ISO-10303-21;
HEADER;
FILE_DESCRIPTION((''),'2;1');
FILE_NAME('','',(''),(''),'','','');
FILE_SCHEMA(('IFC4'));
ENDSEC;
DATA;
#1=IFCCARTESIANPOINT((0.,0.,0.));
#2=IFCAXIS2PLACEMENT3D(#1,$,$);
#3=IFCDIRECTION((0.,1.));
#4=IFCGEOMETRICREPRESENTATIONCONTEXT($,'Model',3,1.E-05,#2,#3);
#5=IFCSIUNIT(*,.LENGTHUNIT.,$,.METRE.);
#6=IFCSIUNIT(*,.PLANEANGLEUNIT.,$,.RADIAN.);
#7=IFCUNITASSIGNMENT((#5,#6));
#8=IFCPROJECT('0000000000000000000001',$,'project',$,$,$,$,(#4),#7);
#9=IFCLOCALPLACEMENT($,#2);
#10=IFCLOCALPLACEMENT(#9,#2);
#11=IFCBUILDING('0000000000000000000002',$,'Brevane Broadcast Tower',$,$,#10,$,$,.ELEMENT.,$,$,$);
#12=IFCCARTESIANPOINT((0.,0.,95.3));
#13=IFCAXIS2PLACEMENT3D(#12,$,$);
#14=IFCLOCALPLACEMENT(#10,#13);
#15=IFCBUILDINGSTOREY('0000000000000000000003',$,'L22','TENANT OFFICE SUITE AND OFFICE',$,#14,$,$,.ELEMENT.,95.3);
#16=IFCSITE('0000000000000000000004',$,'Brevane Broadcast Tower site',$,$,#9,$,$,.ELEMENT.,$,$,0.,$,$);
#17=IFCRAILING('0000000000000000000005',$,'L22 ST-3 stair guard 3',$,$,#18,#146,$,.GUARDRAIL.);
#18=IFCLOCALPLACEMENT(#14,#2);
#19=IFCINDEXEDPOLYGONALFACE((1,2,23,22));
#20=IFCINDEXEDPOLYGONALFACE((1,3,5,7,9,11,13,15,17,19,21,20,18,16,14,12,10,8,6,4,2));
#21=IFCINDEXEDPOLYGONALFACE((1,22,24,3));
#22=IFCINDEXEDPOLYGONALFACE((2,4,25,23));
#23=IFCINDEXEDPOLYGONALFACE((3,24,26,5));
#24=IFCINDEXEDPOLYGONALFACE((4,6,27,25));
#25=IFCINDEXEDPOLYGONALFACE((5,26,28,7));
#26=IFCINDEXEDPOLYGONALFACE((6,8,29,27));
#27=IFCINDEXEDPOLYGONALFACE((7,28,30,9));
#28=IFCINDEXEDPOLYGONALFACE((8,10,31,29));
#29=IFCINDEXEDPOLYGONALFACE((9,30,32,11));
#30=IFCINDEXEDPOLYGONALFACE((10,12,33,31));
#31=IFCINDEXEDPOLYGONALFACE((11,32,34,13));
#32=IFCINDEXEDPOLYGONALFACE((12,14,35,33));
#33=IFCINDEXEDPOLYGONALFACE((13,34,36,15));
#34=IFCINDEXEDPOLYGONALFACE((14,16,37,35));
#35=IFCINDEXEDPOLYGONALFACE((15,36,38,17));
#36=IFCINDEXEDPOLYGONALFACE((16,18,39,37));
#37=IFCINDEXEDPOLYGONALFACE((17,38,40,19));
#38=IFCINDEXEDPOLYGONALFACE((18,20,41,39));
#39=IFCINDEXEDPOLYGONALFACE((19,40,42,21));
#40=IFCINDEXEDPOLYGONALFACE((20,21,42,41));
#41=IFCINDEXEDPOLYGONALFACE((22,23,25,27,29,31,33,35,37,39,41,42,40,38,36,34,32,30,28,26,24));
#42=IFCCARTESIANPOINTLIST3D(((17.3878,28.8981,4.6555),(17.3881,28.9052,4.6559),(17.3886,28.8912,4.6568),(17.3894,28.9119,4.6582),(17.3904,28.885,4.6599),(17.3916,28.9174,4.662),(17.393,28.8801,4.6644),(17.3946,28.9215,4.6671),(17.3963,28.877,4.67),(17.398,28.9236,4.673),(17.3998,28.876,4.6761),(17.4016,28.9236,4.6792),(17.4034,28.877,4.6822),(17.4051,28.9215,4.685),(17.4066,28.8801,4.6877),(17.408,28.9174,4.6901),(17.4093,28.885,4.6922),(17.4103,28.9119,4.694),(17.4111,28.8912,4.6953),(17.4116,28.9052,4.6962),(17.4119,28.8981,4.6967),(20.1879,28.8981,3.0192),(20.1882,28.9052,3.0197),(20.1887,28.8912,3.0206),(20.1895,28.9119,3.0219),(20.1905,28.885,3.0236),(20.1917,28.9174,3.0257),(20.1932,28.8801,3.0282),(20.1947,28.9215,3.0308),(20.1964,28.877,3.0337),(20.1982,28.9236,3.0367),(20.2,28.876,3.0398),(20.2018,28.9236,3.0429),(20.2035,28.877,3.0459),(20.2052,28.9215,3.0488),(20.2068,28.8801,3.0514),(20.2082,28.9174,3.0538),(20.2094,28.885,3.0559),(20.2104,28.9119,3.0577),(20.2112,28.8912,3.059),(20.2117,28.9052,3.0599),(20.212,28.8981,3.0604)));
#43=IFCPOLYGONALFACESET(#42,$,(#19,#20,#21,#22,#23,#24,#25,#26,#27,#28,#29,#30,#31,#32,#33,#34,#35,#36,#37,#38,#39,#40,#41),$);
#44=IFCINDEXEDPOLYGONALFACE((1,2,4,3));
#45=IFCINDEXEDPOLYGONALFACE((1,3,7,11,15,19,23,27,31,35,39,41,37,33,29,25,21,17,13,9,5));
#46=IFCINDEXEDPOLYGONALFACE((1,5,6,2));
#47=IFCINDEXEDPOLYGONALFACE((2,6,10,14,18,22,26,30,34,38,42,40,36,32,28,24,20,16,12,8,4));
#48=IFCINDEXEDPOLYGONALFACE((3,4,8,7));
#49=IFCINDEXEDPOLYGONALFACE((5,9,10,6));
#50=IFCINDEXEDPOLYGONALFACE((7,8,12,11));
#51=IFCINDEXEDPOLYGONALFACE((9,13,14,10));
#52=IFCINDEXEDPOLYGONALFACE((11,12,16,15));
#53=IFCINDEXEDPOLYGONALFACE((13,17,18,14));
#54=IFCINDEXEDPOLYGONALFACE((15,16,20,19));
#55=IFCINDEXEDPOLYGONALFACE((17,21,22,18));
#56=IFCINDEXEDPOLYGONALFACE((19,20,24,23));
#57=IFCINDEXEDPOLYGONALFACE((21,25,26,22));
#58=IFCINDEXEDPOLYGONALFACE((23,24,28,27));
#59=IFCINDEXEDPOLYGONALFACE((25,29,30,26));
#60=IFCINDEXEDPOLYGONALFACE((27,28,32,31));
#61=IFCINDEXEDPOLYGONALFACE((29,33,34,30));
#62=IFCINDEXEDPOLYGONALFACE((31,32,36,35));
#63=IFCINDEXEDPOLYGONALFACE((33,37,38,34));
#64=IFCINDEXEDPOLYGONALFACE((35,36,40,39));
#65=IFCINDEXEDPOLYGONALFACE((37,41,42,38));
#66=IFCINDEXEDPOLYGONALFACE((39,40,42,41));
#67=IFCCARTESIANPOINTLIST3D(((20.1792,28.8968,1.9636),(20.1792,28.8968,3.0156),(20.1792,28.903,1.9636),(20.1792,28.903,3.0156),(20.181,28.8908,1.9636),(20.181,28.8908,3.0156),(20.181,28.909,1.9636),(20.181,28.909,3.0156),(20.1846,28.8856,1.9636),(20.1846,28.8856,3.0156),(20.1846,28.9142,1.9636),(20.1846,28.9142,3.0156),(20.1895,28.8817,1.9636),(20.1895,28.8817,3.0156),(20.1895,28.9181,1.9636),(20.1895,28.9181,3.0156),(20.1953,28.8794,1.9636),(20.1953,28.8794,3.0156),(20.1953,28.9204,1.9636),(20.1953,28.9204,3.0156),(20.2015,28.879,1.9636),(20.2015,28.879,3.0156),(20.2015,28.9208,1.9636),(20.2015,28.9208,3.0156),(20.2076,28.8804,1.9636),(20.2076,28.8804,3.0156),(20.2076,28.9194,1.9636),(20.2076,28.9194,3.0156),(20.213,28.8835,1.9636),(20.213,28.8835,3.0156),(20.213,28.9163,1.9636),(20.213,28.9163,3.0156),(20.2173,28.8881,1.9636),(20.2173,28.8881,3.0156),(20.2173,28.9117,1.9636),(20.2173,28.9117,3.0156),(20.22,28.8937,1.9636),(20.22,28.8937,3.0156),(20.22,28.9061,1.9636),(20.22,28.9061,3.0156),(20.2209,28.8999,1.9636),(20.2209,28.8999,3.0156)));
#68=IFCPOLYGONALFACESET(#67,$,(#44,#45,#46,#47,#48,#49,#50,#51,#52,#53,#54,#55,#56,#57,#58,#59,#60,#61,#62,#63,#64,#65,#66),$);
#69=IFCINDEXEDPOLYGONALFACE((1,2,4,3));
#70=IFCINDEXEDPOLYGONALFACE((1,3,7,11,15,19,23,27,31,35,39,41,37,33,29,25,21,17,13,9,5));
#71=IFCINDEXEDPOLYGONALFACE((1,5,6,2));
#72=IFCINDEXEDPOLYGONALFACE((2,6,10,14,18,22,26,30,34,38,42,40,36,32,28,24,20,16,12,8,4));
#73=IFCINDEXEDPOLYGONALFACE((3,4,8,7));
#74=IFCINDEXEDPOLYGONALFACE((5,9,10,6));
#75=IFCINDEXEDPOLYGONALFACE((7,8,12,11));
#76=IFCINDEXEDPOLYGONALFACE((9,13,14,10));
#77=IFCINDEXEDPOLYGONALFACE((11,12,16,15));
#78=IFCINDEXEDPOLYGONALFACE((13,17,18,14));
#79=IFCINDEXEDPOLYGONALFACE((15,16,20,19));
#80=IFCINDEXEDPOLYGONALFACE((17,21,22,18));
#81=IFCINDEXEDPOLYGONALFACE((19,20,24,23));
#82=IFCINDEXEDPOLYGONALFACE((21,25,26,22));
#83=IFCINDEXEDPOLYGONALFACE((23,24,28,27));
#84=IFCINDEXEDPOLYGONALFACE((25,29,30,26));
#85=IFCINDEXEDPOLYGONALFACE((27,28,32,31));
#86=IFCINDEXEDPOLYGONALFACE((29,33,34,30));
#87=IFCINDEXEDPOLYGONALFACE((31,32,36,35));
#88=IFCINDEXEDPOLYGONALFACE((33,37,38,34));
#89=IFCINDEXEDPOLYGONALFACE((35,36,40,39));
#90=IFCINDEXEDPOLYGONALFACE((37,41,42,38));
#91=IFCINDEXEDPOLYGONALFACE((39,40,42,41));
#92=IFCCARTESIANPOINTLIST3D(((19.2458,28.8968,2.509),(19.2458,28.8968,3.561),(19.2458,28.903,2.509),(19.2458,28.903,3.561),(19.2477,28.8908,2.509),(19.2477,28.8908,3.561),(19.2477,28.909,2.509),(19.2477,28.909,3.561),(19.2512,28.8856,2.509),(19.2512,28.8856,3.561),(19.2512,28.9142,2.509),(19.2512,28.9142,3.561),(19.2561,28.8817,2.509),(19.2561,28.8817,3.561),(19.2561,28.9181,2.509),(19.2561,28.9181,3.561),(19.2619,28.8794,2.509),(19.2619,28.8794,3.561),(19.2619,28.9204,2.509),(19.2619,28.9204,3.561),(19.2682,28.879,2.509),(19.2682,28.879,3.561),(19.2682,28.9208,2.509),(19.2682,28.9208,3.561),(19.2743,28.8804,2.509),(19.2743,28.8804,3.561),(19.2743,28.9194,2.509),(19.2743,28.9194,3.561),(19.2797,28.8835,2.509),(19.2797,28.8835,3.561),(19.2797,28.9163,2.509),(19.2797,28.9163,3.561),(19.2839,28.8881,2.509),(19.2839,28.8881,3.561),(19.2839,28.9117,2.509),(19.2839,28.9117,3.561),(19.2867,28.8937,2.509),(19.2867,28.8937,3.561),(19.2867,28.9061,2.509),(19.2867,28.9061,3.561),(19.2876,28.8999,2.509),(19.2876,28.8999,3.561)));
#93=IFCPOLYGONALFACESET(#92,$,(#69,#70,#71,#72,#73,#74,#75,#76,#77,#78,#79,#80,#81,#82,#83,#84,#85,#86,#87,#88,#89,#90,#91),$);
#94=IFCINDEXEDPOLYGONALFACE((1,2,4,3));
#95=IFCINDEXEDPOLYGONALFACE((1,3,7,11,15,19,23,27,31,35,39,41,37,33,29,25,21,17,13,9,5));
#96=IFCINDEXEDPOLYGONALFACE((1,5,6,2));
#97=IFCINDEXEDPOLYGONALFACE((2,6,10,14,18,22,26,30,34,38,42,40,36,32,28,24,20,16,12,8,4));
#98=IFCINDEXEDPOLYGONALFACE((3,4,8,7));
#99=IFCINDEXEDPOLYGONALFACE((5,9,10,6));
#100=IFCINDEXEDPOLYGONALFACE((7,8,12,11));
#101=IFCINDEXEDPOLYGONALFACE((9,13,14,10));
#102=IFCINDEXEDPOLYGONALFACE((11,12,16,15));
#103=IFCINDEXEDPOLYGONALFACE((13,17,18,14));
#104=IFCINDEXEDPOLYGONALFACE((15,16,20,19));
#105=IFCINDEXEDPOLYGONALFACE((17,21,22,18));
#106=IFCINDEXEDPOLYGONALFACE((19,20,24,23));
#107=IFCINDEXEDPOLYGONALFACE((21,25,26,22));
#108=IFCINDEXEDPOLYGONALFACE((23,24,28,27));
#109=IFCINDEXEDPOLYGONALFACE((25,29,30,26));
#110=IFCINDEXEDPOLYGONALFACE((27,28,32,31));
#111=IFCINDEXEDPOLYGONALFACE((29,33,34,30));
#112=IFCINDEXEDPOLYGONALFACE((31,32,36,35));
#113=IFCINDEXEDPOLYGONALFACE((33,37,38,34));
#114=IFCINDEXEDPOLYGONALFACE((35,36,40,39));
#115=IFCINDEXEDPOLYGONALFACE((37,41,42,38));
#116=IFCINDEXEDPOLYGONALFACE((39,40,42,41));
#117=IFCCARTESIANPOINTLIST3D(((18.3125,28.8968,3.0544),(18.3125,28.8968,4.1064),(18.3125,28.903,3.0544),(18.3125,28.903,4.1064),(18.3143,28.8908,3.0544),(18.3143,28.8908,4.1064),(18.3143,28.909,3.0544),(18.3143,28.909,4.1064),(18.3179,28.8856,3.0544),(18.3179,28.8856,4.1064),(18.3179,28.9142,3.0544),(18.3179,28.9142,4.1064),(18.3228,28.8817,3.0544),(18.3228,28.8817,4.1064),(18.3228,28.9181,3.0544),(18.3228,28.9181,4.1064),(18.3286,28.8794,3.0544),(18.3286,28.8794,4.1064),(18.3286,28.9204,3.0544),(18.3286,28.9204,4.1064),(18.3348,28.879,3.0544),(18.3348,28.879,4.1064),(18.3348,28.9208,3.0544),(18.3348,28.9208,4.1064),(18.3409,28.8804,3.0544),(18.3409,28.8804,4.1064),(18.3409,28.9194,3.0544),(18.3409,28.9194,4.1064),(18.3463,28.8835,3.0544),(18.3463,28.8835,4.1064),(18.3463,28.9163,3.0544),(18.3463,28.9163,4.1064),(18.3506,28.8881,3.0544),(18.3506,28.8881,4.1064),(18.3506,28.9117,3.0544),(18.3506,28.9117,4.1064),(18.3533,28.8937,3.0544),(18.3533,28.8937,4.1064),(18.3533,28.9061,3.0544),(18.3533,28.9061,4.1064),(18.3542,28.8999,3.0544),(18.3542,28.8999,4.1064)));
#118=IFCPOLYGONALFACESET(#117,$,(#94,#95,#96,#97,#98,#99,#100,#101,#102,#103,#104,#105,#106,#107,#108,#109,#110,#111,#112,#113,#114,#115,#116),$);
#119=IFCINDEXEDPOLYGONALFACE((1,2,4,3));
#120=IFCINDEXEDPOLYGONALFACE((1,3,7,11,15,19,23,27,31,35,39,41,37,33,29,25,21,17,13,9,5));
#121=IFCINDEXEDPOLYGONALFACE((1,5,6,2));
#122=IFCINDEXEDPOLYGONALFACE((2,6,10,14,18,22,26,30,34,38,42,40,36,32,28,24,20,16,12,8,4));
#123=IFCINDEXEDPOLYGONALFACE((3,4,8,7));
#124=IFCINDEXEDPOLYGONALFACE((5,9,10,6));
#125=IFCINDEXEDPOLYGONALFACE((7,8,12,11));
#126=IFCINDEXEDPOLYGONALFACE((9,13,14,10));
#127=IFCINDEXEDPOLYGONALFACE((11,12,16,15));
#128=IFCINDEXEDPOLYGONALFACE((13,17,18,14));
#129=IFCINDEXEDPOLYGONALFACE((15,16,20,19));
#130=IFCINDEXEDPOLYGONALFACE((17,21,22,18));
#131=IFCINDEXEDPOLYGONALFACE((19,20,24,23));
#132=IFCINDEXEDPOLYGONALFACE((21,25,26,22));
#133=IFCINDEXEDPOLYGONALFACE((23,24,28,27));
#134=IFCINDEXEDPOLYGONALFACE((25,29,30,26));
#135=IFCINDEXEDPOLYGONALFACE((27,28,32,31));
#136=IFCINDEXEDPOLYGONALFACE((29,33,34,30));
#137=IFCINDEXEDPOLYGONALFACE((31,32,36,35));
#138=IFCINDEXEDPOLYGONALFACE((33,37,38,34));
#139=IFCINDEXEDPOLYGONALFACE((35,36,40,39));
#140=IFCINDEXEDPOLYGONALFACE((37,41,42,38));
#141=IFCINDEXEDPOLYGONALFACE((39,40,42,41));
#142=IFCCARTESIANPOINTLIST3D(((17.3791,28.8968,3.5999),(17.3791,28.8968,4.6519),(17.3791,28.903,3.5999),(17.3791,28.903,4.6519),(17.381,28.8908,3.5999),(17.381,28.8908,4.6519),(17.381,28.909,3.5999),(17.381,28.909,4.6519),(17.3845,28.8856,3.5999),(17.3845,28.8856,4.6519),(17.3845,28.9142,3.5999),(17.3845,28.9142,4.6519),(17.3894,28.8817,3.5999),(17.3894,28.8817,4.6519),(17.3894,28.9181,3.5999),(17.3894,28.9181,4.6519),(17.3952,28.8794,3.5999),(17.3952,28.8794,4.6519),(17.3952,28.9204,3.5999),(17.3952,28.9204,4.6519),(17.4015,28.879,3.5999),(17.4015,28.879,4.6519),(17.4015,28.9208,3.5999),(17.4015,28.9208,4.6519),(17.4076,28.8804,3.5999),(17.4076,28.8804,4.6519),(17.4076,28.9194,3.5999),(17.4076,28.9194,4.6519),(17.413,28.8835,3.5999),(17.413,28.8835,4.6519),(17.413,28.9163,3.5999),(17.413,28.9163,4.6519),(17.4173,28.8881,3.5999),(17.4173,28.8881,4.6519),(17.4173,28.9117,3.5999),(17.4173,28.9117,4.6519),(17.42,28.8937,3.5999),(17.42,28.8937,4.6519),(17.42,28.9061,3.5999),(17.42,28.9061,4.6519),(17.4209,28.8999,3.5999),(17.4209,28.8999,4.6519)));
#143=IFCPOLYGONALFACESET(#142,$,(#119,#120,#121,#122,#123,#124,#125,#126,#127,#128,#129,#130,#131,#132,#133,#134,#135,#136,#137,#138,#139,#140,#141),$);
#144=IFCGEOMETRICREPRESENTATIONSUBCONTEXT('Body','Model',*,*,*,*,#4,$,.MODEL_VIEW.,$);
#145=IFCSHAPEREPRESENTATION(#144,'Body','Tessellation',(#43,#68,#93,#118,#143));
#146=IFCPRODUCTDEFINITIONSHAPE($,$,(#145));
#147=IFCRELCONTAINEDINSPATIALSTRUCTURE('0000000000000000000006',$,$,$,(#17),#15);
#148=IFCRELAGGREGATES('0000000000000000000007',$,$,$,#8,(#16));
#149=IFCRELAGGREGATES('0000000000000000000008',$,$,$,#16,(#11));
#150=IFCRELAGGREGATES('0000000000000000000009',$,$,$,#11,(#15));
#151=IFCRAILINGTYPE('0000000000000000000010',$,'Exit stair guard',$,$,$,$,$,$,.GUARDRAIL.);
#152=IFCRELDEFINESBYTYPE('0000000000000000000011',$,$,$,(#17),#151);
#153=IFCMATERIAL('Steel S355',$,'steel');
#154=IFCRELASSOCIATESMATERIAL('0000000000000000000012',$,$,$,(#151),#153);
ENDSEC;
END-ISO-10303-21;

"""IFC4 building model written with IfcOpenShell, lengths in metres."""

from ifc_helpers import new_model, si_unit, direction, frame, origin, origin_2d, place, context, subcontext, project, spatial, circle, extrude, material, type_object, element, save


model = new_model("IFC4")

# Units and contexts
model_context = context("Model", 3, precision=1e-05, world=origin(), true_north=direction((0.0, 1.0)))
body_context = subcontext(model_context, "Body", "Model", "MODEL_VIEW")
ifc_project = project(units=[si_unit("LENGTHUNIT", "METRE"), si_unit("PLANEANGLEUNIT", "RADIAN")], contexts=[model_context])

# Site, building, storey
site_placement = place(None, origin())
site = spatial("IfcSite", under=ifc_project, at=site_placement, Name="Brevane Broadcast Tower site", CompositionType="ELEMENT", RefElevation=0.0)
building_placement = place(site_placement, origin())
building = spatial("IfcBuilding", under=site, at=building_placement, Name="Brevane Broadcast Tower", CompositionType="ELEMENT")
storey_placement = place(building_placement, frame((0.0, 0.0, 95.3)))
storey = spatial("IfcBuildingStorey", under=building, at=storey_placement, Name="L22", Description="TENANT OFFICE SUITE AND OFFICE", CompositionType="ELEMENT", Elevation=95.3)

# Railing
ifc_material_1 = material(Name="Steel S355", Category="steel")
railing_type_1 = type_object("IfcRailingType", Name="Exit stair guard", PredefinedType="GUARDRAIL", material=ifc_material_1)
railing_1_placement = place(storey_placement, frame((20.2, 28.8999, 1.9636)))
element("IfcRailing", 1, at=railing_1_placement, inside=storey, type_object=railing_type_1, Name="L22 ST-3 stair guard 3", PredefinedType="GUARDRAIL", context=body_context, shape_type="SweptSolid", body=[
    extrude(circle(Radius=0.0239, at=origin_2d()), frame((0.0, 0.0, 1.0762), z_axis=(-0.863394, 0.0, 0.504531), x_axis=(0.0, -1.0, 0.0)), (0.0, 0.0, 1.0), 3.2432),
    extrude(circle(Radius=0.021, at=origin_2d()), origin(), (0.0, 0.0, 1.0), 1.052),
    extrude(circle(Radius=0.021, at=origin_2d()), frame((-0.9333, 0.0, 0.5454)), (0.0, 0.0, 1.0), 1.052),
    extrude(circle(Radius=0.021, at=origin_2d()), frame((-1.8667, 0.0, 1.0908)), (0.0, 0.0, 1.0), 1.052),
    extrude(circle(Radius=0.021, at=origin_2d()), frame((-2.8, 0.0, 1.6362)), (0.0, 0.0, 1.0), 1.052),
])

save(model, "model.ifc")
